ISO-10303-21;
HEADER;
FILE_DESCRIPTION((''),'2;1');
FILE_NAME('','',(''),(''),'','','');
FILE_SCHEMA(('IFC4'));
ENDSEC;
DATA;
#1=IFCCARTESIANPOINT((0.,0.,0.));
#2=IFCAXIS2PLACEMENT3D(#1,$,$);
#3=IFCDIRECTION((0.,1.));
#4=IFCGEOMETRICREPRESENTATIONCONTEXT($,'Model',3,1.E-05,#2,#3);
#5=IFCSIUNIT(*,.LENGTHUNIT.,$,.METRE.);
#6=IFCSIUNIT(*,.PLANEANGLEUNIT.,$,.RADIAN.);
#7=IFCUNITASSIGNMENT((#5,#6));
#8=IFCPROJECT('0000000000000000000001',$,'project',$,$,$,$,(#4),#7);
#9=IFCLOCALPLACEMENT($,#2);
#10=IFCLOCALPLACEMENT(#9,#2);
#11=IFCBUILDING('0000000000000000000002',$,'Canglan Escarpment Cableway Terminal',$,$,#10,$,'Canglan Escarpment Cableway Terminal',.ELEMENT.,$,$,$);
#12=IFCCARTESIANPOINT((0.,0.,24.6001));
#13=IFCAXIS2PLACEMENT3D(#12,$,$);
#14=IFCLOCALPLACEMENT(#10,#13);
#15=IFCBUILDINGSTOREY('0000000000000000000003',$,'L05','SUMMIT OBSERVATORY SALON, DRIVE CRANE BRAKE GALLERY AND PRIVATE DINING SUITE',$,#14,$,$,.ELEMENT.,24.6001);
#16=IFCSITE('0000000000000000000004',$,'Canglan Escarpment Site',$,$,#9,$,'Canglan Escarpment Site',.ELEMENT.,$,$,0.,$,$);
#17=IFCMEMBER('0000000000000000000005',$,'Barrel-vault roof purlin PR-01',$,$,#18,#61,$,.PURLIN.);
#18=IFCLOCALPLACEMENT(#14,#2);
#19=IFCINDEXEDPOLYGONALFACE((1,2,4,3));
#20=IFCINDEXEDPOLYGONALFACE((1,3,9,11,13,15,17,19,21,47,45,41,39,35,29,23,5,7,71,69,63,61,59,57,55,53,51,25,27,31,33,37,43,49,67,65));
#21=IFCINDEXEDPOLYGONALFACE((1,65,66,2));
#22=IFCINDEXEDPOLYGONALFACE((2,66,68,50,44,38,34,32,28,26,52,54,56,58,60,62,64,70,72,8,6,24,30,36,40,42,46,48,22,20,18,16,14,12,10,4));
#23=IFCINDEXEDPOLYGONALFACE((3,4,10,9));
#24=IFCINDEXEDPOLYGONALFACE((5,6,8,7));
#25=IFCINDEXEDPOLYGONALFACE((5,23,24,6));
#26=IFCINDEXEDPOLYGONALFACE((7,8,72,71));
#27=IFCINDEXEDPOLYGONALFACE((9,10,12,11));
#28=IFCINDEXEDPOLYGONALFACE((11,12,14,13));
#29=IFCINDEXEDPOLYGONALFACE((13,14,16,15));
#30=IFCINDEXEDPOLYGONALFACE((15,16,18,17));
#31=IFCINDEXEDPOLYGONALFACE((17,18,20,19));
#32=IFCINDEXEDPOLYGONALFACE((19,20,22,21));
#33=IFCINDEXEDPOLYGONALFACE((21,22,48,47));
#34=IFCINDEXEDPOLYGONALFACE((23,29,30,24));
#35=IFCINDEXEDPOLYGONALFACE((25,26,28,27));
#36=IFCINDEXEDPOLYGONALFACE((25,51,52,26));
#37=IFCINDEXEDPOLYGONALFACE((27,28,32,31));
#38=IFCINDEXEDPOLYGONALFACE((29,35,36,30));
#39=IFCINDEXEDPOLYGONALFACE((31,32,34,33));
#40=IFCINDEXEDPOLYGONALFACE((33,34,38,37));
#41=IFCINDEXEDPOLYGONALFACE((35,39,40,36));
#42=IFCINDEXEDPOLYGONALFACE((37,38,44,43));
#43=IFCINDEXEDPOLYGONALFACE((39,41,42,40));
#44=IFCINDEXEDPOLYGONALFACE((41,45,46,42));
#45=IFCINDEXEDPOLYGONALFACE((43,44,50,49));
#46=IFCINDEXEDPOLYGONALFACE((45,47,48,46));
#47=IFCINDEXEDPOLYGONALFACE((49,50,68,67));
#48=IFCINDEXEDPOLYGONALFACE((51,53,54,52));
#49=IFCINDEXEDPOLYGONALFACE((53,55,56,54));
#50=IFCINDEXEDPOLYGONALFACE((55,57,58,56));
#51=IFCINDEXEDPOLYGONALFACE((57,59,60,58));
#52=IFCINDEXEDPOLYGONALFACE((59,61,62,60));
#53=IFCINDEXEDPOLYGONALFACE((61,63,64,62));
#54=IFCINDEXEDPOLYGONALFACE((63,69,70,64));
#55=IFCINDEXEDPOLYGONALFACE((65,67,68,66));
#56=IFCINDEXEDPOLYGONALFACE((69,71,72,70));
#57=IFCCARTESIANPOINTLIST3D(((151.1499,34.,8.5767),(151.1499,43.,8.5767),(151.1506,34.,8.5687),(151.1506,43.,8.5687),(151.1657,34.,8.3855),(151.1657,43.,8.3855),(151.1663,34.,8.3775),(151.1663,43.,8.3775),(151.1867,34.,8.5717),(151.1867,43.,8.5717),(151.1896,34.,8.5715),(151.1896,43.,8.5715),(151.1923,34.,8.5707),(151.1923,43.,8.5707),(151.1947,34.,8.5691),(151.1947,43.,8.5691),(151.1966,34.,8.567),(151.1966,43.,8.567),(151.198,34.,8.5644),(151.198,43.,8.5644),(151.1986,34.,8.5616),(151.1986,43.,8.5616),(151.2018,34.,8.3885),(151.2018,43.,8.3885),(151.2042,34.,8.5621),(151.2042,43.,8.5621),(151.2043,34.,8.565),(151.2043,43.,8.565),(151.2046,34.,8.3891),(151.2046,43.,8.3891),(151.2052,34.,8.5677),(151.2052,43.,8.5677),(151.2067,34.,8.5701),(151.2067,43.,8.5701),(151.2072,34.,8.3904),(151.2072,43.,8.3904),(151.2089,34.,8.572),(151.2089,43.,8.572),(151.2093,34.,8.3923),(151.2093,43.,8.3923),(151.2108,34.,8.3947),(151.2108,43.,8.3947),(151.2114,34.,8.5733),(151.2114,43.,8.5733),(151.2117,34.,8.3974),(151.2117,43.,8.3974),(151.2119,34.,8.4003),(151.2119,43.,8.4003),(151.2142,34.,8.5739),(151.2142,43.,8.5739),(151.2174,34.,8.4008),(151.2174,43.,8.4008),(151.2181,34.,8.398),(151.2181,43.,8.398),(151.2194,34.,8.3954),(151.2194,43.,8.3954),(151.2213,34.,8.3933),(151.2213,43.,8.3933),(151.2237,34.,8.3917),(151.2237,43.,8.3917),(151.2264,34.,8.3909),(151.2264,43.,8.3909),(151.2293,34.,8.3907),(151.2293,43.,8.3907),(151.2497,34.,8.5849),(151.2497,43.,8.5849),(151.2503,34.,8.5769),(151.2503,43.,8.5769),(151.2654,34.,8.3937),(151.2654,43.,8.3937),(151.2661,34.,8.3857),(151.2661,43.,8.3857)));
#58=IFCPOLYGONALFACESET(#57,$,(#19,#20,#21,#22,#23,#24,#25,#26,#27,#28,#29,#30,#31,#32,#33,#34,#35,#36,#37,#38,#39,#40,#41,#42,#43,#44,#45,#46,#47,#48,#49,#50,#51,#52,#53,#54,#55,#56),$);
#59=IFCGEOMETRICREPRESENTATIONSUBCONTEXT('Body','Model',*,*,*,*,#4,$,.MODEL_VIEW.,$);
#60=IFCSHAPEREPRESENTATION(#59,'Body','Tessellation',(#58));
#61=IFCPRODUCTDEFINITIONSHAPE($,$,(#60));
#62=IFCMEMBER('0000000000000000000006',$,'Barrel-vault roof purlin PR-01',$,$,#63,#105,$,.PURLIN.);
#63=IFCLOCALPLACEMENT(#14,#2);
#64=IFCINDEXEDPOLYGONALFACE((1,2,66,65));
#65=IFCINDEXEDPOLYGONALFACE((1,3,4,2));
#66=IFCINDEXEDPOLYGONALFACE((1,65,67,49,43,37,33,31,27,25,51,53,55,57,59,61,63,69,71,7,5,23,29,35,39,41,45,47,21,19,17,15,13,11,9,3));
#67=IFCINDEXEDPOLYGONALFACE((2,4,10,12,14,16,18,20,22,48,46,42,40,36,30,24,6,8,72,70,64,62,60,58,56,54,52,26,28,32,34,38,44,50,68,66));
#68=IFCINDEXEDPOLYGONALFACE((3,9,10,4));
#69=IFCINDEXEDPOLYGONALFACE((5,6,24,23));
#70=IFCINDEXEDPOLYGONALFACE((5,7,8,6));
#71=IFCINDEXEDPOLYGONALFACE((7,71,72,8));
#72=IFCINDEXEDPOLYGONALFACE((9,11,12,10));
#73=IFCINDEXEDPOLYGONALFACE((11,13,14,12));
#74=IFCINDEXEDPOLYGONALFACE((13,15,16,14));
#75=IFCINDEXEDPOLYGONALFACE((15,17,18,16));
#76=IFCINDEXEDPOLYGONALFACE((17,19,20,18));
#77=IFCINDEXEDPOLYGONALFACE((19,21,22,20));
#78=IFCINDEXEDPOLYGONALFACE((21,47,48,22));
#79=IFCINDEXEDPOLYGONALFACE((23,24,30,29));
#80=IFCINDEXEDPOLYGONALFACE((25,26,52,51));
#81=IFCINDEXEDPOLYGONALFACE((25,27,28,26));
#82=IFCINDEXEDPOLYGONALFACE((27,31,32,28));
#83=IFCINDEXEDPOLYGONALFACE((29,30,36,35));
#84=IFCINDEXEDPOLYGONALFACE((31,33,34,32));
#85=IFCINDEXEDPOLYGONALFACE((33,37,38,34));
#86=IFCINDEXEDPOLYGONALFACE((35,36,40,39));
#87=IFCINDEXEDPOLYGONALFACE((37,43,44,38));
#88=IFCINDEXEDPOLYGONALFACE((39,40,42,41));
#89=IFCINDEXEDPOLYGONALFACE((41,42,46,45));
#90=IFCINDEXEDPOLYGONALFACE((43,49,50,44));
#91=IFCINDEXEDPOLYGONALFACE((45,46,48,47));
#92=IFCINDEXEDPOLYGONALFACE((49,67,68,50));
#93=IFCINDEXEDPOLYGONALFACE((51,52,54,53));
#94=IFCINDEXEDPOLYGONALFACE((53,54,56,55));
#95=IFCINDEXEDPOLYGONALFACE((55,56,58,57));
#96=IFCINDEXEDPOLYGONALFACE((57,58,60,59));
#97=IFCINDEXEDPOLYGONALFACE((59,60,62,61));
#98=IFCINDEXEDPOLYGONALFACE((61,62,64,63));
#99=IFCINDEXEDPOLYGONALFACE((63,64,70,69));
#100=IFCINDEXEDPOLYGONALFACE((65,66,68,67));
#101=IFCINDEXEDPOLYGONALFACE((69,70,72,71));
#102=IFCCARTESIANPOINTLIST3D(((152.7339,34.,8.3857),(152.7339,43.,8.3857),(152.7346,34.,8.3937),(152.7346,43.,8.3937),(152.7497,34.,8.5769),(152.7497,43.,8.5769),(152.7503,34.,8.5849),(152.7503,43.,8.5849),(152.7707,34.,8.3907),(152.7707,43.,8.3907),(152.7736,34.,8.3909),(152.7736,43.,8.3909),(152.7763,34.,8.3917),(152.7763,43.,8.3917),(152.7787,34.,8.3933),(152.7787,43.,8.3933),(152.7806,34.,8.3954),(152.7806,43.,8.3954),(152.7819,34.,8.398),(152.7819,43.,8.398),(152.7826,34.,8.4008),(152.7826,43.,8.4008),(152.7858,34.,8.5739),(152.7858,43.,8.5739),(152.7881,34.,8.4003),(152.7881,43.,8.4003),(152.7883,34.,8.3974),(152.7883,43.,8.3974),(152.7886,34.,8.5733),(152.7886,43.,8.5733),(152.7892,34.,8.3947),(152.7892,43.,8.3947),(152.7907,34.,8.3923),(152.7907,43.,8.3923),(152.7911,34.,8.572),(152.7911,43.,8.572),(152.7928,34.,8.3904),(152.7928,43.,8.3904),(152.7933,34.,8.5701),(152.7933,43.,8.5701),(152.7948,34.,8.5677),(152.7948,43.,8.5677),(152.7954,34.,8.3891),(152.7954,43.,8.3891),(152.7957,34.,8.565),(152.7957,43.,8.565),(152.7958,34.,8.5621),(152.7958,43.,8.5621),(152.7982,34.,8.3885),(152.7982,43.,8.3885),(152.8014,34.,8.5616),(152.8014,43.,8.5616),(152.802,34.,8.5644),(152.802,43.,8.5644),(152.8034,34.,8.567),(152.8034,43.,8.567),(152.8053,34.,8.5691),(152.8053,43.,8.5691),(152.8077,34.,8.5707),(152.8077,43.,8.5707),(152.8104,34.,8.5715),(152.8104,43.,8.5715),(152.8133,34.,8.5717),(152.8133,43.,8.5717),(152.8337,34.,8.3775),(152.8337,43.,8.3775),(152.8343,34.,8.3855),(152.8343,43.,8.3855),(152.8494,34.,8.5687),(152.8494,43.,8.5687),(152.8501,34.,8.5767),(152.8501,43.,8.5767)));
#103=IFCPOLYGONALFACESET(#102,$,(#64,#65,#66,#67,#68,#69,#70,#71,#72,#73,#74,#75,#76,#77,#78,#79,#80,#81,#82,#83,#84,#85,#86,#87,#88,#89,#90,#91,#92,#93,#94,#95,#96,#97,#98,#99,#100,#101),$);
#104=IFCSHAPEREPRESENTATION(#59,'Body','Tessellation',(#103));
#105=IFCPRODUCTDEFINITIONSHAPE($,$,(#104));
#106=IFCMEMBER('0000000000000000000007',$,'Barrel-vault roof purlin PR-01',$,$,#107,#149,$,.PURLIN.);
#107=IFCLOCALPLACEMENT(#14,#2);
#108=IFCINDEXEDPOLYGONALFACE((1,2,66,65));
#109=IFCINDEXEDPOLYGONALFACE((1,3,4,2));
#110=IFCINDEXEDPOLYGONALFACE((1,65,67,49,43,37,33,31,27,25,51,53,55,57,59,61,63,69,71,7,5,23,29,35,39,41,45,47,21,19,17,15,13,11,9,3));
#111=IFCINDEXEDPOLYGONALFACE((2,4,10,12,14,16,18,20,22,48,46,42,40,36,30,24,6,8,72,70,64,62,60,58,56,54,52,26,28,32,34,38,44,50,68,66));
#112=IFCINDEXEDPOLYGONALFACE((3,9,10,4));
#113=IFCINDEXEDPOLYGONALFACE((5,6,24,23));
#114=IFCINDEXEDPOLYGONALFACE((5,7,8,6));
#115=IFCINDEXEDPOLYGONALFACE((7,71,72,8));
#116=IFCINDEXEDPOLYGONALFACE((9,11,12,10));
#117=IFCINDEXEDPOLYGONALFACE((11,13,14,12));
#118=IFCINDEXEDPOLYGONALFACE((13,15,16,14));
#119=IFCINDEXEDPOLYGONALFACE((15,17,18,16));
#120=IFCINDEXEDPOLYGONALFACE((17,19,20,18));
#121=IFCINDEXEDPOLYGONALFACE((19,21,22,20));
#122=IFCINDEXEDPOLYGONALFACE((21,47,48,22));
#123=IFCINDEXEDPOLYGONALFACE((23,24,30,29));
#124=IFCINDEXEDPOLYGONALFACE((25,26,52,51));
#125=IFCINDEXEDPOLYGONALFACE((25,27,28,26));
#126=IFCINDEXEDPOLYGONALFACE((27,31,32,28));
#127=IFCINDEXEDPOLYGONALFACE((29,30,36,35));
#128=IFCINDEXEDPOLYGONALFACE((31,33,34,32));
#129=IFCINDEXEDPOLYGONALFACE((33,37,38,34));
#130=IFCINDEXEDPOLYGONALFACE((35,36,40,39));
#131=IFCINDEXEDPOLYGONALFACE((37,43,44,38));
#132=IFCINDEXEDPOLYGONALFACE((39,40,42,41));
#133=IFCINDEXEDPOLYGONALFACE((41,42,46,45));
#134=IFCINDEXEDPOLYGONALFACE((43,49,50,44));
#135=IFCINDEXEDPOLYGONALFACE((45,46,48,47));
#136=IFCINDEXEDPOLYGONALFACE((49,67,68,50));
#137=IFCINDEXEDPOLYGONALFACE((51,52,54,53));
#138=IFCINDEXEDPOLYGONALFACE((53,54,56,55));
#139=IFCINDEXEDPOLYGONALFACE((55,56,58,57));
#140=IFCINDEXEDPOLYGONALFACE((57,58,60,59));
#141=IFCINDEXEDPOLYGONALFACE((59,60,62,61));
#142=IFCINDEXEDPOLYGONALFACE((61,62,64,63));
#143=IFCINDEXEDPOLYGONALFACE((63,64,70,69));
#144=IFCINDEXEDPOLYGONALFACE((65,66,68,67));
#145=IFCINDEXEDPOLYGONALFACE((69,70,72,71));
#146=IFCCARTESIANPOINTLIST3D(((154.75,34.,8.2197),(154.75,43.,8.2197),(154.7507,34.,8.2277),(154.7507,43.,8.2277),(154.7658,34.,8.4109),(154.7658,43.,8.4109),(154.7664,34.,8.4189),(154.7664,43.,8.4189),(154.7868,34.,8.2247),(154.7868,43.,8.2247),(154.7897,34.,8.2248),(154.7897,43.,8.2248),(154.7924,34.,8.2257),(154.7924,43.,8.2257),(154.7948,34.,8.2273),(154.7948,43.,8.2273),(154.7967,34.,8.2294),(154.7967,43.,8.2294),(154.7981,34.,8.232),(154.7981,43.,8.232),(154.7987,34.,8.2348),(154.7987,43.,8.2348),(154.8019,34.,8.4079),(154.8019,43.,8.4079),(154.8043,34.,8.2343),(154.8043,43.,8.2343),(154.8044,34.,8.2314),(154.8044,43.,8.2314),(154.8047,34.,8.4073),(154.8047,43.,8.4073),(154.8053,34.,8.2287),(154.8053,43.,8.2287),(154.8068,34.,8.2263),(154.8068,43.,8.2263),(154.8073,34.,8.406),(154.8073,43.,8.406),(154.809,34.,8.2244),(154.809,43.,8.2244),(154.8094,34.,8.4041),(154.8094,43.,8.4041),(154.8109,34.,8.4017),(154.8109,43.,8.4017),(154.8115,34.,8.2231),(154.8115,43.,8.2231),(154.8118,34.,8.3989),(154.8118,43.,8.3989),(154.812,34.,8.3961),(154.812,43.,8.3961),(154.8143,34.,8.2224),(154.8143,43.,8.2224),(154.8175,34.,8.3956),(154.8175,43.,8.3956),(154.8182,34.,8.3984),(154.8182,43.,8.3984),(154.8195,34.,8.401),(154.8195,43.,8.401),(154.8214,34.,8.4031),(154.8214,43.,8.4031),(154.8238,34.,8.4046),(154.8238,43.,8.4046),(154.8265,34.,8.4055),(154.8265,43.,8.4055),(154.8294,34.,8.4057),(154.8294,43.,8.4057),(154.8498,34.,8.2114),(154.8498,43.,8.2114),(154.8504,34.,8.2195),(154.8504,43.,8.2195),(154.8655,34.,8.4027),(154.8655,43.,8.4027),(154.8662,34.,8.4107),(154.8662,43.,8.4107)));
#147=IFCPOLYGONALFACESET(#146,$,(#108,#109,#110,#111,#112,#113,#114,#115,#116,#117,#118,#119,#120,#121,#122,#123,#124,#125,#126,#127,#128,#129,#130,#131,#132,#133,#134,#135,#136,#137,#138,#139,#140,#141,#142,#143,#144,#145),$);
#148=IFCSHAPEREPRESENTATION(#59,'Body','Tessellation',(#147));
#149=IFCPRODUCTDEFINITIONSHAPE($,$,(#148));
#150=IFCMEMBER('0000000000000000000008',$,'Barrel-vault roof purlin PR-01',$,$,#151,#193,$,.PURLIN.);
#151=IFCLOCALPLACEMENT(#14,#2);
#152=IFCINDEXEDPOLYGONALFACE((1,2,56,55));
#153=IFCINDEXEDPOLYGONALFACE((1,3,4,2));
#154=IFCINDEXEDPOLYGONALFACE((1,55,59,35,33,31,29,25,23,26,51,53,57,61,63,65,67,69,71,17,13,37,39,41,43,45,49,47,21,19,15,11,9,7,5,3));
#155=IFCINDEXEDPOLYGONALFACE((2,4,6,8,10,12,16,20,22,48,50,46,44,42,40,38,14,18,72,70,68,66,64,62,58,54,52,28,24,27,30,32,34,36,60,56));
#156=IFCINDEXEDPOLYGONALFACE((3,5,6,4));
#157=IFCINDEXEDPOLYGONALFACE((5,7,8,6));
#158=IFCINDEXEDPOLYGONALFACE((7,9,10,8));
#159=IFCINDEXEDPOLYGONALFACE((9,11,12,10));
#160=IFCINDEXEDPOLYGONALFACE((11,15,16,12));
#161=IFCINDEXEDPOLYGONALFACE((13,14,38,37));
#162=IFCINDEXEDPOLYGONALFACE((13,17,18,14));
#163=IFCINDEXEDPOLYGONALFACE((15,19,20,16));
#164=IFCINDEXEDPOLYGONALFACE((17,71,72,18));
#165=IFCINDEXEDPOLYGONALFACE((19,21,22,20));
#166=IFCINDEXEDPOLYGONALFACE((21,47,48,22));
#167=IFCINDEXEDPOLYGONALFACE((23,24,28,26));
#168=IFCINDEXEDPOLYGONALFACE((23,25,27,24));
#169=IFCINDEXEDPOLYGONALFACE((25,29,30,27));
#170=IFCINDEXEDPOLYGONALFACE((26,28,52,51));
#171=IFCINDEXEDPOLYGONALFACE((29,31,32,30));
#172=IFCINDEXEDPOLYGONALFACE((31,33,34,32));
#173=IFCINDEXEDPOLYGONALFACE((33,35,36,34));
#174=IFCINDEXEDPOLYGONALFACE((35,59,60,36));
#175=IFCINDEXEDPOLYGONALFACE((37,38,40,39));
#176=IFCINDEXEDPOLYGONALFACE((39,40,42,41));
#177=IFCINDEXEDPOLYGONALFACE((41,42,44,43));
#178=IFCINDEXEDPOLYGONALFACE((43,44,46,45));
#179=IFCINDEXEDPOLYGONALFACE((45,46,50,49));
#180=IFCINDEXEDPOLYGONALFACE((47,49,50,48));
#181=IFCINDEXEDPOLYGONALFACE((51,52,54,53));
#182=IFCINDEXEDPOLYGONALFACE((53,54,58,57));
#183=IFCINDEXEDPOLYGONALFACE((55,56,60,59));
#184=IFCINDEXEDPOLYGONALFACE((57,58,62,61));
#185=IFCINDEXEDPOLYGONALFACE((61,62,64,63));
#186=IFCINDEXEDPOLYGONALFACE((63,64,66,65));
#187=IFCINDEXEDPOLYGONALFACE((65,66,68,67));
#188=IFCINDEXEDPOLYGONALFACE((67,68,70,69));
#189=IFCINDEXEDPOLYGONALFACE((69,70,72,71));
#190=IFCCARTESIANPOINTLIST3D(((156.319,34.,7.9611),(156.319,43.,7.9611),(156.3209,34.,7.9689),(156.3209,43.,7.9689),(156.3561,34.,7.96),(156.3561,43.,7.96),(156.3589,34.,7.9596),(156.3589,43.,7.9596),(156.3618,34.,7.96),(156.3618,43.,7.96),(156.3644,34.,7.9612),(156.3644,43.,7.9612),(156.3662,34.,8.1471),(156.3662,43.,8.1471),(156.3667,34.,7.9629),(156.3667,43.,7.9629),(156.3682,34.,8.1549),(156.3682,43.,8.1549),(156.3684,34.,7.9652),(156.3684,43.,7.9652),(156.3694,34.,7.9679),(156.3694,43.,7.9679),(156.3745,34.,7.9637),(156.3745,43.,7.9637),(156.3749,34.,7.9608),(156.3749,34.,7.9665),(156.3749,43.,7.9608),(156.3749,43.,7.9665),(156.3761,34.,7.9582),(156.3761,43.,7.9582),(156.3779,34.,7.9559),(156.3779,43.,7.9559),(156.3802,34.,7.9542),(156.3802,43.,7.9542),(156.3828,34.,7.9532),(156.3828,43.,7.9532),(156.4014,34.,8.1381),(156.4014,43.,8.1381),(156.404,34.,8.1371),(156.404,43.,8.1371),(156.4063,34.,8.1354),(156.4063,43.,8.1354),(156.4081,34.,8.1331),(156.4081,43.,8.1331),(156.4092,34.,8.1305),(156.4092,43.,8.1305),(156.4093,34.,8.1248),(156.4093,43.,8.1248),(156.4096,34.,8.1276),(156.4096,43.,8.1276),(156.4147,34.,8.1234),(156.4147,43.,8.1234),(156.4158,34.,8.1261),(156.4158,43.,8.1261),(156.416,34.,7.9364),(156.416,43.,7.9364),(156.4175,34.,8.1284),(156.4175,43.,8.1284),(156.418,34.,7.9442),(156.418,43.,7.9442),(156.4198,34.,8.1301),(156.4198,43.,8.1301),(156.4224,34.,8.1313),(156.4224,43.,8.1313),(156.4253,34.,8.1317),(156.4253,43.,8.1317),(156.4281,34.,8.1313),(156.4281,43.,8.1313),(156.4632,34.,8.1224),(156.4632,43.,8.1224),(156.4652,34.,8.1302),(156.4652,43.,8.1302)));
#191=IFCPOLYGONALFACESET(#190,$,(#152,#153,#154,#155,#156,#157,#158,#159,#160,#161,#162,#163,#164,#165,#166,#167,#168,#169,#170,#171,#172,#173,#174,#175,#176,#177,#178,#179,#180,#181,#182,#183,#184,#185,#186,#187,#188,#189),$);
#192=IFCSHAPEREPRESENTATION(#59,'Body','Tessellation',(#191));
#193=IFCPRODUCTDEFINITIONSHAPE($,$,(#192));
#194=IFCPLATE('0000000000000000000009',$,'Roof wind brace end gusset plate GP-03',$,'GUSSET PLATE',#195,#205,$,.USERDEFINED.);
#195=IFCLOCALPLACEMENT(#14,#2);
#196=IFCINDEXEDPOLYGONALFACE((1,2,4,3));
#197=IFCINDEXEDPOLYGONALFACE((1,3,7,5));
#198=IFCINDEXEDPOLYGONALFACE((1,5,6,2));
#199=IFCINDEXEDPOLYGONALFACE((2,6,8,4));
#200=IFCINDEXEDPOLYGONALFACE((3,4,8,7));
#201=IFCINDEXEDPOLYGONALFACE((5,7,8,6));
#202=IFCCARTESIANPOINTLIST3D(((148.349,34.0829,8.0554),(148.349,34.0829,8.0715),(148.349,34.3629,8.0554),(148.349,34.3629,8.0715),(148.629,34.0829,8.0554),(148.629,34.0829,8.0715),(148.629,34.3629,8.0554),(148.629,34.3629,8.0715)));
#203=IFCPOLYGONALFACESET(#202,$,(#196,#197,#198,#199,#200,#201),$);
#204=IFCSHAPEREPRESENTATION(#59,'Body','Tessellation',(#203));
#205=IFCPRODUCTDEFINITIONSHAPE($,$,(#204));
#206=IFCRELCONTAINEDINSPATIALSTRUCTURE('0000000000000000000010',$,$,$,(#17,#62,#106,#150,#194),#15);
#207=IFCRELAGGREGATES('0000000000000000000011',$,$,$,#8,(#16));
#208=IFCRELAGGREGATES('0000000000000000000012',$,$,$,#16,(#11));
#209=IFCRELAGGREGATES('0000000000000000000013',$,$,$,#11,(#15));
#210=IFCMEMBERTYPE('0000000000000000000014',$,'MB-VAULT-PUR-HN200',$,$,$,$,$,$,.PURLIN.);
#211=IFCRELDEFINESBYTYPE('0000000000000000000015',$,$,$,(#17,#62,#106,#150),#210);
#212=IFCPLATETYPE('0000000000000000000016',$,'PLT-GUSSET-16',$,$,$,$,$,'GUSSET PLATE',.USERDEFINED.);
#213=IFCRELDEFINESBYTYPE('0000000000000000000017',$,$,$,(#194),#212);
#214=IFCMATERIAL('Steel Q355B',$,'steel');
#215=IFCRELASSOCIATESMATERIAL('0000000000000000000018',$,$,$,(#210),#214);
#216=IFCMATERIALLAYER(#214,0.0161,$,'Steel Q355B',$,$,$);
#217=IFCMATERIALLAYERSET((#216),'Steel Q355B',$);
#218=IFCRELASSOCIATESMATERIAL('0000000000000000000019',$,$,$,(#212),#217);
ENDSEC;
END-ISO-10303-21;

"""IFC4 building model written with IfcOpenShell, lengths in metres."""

from ifc_helpers import new_model, si_unit, direction, frame, origin, origin_2d, place, context, subcontext, project, spatial, rectangle, i_section, extrude, material, layer, layer_set, material_profile, profile_set, type_object, element, save


model = new_model("IFC4")

# Units and contexts
model_context = context("Model", 3, precision=1e-05, world=origin(), true_north=direction((0.0, 1.0)))
body_context = subcontext(model_context, "Body", "Model", "MODEL_VIEW")
ifc_project = project(units=[si_unit("LENGTHUNIT", "METRE"), si_unit("PLANEANGLEUNIT", "RADIAN")], contexts=[model_context])

# Site, building, storey
site_placement = place(None, origin())
site = spatial("IfcSite", under=ifc_project, at=site_placement, Name="Canglan Escarpment Site", LongName="Canglan Escarpment Site", CompositionType="ELEMENT", RefElevation=0.0)
building_placement = place(site_placement, origin())
building = spatial("IfcBuilding", under=site, at=building_placement, Name="Canglan Escarpment Cableway Terminal", LongName="Canglan Escarpment Cableway Terminal", CompositionType="ELEMENT")
storey_placement = place(building_placement, frame((0.0, 0.0, 24.6001)))
storey = spatial("IfcBuildingStorey", under=building, at=storey_placement, Name="L05", Description="SUMMIT OBSERVATORY SALON, DRIVE CRANE BRAKE GALLERY AND PRIVATE DINING SUITE", CompositionType="ELEMENT", Elevation=24.6001)

# Shared definitions
ifc_material_1 = material(Name="Steel Q355B", Category="steel")

# Members
ifc_material_profile_1 = material_profile(ifc_material_1, i_section(OverallWidth=0.1001, OverallDepth=0.2, WebThickness=0.0056, FlangeThickness=0.0081, FilletRadius=0.011, at=origin_2d()), Name="HN 200x100x5.5x8")
ifc_profile_set_1 = profile_set([ifc_material_profile_1], Name="Steel Q355B")
member_type_1 = type_object("IfcMemberType", Name="MB-VAULT-PUR-HN200", PredefinedType="PURLIN", material=ifc_profile_set_1)
for number, where, z_axis, x_axis, name in (
    (1, (151.208, 34.0, 8.4812), (0.0, 1.0, 0.0), (-0.996626, 0.0, -0.082078), "Barrel-vault roof purlin PR-01"),
    (2, (152.792, 34.0, 8.4812), (0.0, 1.0, 0.0), (-0.996626, 0.0, 0.082078), "Barrel-vault roof purlin PR-01"),
    (3, (154.8081, 34.0, 8.3152), (0.0, 1.0, 0.0), (-0.996626, 0.0, 0.082078), "Barrel-vault roof purlin PR-01"),
    (4, (156.3921, 34.0, 8.0457), (0.0, 1.0, 0.0), (-0.969184, 0.0, 0.246339), "Barrel-vault roof purlin PR-01"),
):
    element("IfcMember", number, at=place(storey_placement, frame(where, z_axis=z_axis, x_axis=x_axis)), inside=storey, type_object=member_type_1, Name=name, PredefinedType="PURLIN", context=body_context, shape_type="SweptSolid", body=[
        extrude(i_section(OverallWidth=0.1001, OverallDepth=0.2, WebThickness=0.0056, FlangeThickness=0.0081, FilletRadius=0.011, at=origin_2d()), origin(), (0.0, 0.0, 1.0), 9.0),
    ])

# Plate
ifc_layer_1 = layer(ifc_material_1, 0.0161, Name="Steel Q355B")
ifc_layer_set_1 = layer_set([ifc_layer_1], Name="Steel Q355B")
plate_type_1 = type_object("IfcPlateType", Name="PLT-GUSSET-16", ElementType="GUSSET PLATE", PredefinedType="USERDEFINED", material=ifc_layer_set_1)
for number, where, z_axis, x_axis, name in (
    (5, (148.489, 34.2229, 8.0554), (0.0, 0.0, 1.0), (1.0, 0.0, 0.0), "Roof wind brace end gusset plate GP-03"),
):
    element("IfcPlate", number, at=place(storey_placement, frame(where, z_axis=z_axis, x_axis=x_axis)), inside=storey, type_object=plate_type_1, Name=name, ObjectType="GUSSET PLATE", PredefinedType="USERDEFINED", context=body_context, shape_type="SweptSolid", body=[
        extrude(rectangle(XDim=0.28, YDim=0.28, at=origin_2d()), origin(), (0.0, 0.0, 1.0), 0.0161),
    ])

save(model, "model.ifc")
